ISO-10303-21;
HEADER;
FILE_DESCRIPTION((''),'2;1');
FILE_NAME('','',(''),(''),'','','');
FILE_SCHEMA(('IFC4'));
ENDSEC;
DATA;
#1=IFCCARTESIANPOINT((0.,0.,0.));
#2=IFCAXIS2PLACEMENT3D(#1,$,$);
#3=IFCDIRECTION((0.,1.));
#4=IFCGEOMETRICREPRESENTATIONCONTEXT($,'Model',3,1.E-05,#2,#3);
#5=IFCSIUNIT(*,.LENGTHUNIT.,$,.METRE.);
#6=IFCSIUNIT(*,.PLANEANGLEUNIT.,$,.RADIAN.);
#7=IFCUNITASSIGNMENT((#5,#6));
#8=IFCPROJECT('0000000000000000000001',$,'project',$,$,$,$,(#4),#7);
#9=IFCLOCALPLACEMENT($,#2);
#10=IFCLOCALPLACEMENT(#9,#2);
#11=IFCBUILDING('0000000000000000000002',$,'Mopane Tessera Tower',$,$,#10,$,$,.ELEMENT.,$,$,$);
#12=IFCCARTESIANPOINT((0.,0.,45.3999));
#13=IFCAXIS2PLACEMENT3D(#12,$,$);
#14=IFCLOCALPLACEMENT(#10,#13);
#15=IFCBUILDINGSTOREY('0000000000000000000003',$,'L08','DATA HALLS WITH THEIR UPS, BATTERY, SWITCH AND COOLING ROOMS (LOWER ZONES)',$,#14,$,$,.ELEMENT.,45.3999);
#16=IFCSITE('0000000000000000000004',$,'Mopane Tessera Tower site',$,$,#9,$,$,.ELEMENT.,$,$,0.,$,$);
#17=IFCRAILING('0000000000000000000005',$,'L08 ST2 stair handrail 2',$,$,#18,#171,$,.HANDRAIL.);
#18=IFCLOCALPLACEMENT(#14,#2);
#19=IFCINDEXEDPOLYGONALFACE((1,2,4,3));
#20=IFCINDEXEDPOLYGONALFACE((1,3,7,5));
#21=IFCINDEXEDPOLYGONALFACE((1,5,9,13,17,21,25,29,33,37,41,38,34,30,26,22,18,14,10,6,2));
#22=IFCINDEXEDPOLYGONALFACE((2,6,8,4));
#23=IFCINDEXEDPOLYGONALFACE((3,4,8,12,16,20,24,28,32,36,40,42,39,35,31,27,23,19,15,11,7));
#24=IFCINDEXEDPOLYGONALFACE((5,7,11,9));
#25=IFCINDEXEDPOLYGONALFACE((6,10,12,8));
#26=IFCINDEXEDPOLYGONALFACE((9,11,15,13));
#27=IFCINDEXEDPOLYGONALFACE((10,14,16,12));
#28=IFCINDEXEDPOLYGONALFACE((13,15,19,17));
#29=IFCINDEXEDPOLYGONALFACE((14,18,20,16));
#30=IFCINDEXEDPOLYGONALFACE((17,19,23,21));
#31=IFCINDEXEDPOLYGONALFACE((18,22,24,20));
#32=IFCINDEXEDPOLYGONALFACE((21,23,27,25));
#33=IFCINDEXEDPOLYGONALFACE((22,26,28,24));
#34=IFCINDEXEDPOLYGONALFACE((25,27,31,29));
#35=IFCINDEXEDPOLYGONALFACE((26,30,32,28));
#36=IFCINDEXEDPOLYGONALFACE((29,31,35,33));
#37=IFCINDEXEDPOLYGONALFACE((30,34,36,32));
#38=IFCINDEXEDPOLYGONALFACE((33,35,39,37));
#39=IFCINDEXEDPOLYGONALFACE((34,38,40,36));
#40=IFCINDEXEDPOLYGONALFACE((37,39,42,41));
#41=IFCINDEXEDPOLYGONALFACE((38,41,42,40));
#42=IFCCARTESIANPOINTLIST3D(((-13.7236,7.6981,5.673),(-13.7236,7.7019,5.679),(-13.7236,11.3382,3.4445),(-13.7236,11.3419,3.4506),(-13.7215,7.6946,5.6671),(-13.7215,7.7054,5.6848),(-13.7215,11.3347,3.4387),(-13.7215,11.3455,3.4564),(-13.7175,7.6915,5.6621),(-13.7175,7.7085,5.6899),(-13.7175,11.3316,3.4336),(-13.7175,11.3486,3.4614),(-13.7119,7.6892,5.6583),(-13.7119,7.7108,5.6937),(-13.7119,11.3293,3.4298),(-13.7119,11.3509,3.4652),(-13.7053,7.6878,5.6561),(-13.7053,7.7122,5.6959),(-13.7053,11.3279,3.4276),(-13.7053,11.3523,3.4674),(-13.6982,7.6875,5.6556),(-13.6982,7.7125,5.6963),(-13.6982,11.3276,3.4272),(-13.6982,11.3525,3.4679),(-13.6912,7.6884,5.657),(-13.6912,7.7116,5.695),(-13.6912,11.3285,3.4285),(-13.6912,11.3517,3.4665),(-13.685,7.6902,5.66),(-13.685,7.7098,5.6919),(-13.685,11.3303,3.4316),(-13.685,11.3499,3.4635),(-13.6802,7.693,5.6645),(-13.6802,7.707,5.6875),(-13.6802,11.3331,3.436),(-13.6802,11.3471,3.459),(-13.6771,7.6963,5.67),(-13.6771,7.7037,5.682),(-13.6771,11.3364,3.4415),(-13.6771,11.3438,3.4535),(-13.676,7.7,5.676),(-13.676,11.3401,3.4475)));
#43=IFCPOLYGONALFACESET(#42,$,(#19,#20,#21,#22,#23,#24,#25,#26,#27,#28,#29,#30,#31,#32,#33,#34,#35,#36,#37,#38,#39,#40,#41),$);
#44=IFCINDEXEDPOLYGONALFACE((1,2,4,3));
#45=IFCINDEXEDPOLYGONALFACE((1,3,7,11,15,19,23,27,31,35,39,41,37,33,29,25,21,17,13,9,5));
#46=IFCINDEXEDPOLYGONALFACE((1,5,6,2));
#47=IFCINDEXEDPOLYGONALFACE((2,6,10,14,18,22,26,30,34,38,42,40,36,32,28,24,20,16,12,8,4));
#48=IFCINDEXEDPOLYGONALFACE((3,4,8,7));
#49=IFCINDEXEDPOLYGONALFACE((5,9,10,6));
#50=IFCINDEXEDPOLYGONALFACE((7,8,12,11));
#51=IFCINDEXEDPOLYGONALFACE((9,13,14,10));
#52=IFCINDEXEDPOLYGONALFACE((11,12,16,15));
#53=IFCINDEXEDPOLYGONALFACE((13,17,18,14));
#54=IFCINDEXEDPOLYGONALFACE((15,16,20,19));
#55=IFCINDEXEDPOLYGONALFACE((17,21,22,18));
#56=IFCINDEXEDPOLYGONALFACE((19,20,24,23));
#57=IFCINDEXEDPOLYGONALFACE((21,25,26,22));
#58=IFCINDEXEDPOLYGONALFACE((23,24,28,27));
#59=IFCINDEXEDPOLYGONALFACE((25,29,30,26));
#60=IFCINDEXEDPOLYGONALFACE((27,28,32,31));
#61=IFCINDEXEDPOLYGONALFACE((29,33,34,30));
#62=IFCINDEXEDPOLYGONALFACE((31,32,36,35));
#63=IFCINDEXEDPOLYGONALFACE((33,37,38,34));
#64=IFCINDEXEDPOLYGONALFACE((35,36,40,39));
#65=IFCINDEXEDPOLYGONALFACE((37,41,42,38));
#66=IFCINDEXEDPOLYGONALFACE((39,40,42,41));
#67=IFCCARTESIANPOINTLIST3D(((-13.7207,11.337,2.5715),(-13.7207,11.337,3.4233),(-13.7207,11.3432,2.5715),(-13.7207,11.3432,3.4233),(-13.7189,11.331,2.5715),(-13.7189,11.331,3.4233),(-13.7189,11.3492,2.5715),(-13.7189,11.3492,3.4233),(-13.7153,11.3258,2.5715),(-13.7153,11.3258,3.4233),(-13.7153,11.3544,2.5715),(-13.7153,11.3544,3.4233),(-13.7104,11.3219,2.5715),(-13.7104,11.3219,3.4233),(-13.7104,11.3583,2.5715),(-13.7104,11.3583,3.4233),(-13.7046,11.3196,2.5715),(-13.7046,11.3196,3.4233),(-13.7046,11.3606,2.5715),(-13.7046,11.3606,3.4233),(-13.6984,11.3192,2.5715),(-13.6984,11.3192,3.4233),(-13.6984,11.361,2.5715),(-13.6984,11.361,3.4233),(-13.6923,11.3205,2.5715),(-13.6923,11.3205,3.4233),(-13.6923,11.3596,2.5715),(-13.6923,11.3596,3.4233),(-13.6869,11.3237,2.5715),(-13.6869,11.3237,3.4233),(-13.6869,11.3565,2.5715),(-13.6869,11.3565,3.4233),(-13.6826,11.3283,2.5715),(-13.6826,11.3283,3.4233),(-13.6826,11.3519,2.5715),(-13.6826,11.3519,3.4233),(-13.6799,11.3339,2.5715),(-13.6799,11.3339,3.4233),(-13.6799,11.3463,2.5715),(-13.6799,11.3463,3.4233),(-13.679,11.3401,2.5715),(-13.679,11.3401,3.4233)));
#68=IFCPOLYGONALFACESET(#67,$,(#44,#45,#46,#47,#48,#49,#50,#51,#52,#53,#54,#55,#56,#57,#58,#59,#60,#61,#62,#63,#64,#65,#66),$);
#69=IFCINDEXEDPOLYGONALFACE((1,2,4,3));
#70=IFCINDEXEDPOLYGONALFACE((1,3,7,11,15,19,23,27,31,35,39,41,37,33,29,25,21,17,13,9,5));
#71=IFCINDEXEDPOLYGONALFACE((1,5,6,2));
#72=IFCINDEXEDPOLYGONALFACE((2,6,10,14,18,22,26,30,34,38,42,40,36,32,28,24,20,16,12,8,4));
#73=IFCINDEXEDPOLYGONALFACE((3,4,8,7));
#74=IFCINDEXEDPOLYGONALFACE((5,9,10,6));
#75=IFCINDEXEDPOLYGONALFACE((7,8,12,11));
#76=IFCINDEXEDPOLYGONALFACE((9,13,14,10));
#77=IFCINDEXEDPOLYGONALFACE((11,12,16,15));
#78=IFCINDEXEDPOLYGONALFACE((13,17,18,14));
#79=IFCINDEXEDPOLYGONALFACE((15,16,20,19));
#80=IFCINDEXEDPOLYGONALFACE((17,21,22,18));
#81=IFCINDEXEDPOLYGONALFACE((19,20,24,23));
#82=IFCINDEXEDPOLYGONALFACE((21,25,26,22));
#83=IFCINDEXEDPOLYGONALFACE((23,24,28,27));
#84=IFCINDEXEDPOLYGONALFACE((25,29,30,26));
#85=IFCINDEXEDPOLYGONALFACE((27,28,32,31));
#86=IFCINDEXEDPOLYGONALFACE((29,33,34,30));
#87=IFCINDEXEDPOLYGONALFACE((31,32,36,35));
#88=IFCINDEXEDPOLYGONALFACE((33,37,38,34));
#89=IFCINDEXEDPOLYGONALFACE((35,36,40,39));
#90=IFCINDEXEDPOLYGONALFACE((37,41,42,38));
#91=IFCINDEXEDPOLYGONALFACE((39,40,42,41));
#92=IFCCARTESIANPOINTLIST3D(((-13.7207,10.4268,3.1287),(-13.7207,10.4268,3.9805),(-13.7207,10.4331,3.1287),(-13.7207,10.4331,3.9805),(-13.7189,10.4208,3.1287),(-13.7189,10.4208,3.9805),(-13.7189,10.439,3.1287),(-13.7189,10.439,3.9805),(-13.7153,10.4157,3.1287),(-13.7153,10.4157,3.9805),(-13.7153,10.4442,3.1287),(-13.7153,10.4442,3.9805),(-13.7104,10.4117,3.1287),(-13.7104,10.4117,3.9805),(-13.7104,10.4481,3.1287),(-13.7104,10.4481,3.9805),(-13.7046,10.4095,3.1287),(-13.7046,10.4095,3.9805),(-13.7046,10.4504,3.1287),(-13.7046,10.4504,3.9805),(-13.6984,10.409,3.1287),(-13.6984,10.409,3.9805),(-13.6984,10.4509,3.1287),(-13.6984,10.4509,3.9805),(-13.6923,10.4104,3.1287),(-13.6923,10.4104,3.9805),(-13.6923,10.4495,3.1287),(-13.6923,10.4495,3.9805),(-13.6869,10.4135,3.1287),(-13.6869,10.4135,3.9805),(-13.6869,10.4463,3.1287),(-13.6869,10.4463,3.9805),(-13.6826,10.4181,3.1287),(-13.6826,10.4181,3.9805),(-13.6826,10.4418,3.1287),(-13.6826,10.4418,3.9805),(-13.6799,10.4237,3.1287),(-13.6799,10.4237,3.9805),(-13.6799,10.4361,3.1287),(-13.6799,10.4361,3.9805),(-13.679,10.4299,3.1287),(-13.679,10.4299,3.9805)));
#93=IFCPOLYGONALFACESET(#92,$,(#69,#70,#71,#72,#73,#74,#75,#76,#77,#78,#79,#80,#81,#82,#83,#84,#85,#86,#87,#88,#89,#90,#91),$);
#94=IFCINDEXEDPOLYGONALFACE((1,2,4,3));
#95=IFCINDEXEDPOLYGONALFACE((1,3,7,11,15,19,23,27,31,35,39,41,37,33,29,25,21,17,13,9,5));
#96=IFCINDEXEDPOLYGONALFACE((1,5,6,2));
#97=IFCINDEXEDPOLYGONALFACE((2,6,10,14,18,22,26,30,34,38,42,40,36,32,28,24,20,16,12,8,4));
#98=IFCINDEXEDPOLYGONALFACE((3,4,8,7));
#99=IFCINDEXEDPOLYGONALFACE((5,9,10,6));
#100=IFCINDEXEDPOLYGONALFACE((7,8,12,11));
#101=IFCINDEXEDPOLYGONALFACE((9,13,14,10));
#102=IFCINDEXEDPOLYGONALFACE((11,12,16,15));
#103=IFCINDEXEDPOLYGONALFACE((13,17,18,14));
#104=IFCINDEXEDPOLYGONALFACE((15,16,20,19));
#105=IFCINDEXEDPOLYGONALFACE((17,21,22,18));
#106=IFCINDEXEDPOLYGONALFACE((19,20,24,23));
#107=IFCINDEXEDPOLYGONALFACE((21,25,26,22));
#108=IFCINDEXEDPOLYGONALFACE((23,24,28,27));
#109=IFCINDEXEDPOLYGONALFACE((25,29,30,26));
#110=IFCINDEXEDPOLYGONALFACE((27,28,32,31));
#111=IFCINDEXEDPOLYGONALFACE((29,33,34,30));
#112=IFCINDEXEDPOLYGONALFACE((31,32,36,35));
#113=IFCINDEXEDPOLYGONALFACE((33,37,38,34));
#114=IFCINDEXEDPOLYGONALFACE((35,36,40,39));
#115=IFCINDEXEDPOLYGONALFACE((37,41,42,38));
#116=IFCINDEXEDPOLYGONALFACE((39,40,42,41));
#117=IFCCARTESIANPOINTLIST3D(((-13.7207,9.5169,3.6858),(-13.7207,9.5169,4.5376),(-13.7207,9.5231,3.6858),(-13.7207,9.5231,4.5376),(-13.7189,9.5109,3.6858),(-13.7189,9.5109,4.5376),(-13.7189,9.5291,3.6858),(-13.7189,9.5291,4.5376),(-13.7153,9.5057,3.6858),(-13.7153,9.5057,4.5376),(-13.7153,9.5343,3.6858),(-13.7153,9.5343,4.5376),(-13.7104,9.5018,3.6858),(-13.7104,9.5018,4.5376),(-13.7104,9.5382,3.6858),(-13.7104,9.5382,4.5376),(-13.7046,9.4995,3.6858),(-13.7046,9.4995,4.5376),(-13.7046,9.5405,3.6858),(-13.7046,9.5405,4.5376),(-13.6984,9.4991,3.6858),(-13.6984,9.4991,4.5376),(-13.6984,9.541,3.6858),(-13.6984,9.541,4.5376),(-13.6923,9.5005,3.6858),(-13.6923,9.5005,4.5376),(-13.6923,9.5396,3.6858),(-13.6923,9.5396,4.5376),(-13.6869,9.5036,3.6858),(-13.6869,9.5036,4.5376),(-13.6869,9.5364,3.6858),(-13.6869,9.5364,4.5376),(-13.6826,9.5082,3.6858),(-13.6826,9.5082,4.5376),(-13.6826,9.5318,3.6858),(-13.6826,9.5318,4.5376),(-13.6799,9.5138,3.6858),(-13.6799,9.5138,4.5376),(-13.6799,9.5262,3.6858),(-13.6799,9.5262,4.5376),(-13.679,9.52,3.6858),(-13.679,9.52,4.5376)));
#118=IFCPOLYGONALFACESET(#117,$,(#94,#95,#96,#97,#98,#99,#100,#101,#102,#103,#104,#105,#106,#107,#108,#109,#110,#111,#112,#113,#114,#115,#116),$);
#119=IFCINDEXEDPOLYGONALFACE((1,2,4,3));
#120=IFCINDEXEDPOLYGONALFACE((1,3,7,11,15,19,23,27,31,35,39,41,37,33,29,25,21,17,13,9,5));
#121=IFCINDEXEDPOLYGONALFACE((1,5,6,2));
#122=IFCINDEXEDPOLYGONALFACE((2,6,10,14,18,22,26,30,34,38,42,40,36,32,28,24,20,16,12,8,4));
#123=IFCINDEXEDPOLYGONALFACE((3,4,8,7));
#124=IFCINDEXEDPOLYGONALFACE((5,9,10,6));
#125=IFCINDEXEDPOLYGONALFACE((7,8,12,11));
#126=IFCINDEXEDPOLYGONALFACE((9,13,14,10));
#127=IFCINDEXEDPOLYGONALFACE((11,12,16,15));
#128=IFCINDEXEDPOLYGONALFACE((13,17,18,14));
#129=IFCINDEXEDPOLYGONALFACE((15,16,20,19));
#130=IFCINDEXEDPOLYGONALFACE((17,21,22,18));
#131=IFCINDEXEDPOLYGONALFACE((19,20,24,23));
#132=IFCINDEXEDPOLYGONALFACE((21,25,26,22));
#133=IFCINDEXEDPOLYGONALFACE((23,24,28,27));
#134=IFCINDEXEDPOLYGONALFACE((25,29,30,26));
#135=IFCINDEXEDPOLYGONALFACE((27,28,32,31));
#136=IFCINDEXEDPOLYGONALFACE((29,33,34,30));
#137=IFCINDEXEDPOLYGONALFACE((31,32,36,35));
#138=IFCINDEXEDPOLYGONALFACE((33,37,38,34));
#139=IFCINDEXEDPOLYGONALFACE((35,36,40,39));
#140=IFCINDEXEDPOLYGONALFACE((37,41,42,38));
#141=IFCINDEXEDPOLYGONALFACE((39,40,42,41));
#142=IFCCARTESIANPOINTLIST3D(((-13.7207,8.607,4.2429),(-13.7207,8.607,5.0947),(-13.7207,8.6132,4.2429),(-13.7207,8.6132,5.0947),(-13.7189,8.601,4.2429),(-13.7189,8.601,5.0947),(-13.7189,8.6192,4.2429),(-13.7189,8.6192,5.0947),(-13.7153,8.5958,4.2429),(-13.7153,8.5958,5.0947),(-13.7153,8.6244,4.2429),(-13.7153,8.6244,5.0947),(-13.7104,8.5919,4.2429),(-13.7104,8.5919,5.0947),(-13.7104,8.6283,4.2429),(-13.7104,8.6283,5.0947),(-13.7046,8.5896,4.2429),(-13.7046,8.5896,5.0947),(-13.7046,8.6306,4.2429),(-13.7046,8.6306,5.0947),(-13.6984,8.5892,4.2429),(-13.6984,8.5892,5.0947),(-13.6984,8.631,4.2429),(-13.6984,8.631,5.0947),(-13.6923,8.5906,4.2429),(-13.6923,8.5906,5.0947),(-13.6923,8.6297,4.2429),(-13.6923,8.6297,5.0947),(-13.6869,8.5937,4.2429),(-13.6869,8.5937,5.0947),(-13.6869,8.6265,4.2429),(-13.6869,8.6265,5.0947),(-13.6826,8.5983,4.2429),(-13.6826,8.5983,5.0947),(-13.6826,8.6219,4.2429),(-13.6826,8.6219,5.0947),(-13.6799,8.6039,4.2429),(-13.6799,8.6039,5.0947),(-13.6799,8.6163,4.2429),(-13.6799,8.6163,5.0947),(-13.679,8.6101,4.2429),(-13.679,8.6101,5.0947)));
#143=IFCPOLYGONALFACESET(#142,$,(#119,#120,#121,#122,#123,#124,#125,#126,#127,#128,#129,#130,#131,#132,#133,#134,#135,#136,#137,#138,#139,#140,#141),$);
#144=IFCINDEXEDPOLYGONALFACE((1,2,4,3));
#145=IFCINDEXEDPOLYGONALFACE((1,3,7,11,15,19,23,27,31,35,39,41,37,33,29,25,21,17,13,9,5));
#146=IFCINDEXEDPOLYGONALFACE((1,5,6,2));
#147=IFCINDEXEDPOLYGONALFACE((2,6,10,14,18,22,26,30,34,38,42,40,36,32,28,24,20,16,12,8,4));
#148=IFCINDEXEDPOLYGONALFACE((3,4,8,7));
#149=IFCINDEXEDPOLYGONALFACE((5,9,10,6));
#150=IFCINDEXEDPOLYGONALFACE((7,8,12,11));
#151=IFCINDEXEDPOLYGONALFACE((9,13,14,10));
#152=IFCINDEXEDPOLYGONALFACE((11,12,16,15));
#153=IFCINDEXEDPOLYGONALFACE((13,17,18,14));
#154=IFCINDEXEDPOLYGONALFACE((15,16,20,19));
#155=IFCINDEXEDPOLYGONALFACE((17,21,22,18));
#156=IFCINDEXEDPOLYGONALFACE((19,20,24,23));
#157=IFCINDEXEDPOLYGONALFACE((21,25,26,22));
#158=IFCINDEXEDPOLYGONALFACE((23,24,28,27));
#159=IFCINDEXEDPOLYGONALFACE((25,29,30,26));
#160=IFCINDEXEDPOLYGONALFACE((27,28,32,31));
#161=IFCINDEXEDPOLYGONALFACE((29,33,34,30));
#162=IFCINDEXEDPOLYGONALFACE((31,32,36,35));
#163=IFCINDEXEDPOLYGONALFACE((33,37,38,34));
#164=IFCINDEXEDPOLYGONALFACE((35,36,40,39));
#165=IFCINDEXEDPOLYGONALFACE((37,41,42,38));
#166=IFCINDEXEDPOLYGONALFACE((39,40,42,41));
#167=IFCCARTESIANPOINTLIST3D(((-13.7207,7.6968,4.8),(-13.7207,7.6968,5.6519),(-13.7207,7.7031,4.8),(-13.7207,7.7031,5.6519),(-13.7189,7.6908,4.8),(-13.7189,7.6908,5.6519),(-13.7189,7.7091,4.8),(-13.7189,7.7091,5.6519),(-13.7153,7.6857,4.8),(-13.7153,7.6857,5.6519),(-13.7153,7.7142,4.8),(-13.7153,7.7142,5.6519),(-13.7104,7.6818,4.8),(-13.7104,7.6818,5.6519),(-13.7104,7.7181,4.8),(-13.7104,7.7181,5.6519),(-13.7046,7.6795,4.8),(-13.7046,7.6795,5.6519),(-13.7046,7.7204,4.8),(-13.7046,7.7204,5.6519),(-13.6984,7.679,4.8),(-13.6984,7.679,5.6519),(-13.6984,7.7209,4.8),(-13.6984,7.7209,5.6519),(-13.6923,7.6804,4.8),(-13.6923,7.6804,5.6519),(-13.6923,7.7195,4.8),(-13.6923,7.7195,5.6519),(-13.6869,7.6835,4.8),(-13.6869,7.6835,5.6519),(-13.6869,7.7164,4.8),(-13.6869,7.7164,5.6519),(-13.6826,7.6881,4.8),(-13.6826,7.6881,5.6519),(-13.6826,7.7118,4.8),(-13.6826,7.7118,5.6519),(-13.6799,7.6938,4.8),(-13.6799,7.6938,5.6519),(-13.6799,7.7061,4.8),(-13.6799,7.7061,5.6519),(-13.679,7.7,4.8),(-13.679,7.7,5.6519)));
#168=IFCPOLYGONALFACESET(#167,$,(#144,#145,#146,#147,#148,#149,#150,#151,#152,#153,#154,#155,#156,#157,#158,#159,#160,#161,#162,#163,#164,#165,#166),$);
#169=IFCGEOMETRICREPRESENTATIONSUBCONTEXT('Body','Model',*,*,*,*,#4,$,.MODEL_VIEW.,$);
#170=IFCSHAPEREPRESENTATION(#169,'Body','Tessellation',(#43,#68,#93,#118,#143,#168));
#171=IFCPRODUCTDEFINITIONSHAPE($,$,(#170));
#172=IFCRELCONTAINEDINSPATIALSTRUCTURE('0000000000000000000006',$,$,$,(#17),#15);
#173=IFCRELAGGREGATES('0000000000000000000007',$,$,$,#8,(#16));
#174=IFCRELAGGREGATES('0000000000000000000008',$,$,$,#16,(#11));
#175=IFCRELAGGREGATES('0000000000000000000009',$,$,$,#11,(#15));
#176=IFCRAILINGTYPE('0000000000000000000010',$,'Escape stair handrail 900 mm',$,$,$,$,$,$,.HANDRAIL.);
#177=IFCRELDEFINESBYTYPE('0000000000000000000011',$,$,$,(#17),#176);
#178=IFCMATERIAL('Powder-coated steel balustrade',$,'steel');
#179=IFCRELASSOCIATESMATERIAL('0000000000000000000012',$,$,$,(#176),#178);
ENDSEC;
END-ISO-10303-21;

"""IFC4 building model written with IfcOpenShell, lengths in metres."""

from ifc_helpers import new_model, si_unit, direction, frame, origin, origin_2d, place, context, subcontext, project, spatial, circle, extrude, material, type_object, element, save


model = new_model("IFC4")

# Units and contexts
model_context = context("Model", 3, precision=1e-05, world=origin(), true_north=direction((0.0, 1.0)))
body_context = subcontext(model_context, "Body", "Model", "MODEL_VIEW")
ifc_project = project(units=[si_unit("LENGTHUNIT", "METRE"), si_unit("PLANEANGLEUNIT", "RADIAN")], contexts=[model_context])

# Site, building, storey
site_placement = place(None, origin())
site = spatial("IfcSite", under=ifc_project, at=site_placement, Name="Mopane Tessera Tower site", CompositionType="ELEMENT", RefElevation=0.0)
building_placement = place(site_placement, origin())
building = spatial("IfcBuilding", under=site, at=building_placement, Name="Mopane Tessera Tower", CompositionType="ELEMENT")
storey_placement = place(building_placement, frame((0.0, 0.0, 45.3999)))
storey = spatial("IfcBuildingStorey", under=building, at=storey_placement, Name="L08", Description="DATA HALLS WITH THEIR UPS, BATTERY, SWITCH AND COOLING ROOMS (LOWER ZONES)", CompositionType="ELEMENT", Elevation=45.3999)

# Railing
ifc_material_1 = material(Name="Powder-coated steel balustrade", Category="steel")
railing_type_1 = type_object("IfcRailingType", Name="Escape stair handrail 900 mm", PredefinedType="HANDRAIL", material=ifc_material_1)
railing_1_placement = place(storey_placement, frame((-13.7, 11.3401, 2.5715)))
element("IfcRailing", 1, at=railing_1_placement, inside=storey, type_object=railing_type_1, Name="L08 ST2 stair handrail 2", PredefinedType="HANDRAIL", context=body_context, shape_type="SweptSolid", body=[
    extrude(circle(Radius=0.0239, at=origin_2d()), frame((0.0, 0.0, 0.876), z_axis=(0.0, -0.852866, 0.52213), x_axis=(1.0, 0.0, 0.0)), (0.0, 0.0, 1.0), 4.2681),
    extrude(circle(Radius=0.021, at=origin_2d()), origin(), (0.0, 0.0, 1.0), 0.8518),
    extrude(circle(Radius=0.021, at=origin_2d()), frame((0.0, -0.9102, 0.5571)), (0.0, 0.0, 1.0), 0.8518),
    extrude(circle(Radius=0.021, at=origin_2d()), frame((0.0, -1.8201, 1.1143)), (0.0, 0.0, 1.0), 0.8518),
    extrude(circle(Radius=0.021, at=origin_2d()), frame((0.0, -2.73, 1.6714)), (0.0, 0.0, 1.0), 0.8518),
    extrude(circle(Radius=0.021, at=origin_2d()), frame((0.0, -3.6401, 2.2285)), (0.0, 0.0, 1.0), 0.8518),
])

save(model, "model.ifc")
